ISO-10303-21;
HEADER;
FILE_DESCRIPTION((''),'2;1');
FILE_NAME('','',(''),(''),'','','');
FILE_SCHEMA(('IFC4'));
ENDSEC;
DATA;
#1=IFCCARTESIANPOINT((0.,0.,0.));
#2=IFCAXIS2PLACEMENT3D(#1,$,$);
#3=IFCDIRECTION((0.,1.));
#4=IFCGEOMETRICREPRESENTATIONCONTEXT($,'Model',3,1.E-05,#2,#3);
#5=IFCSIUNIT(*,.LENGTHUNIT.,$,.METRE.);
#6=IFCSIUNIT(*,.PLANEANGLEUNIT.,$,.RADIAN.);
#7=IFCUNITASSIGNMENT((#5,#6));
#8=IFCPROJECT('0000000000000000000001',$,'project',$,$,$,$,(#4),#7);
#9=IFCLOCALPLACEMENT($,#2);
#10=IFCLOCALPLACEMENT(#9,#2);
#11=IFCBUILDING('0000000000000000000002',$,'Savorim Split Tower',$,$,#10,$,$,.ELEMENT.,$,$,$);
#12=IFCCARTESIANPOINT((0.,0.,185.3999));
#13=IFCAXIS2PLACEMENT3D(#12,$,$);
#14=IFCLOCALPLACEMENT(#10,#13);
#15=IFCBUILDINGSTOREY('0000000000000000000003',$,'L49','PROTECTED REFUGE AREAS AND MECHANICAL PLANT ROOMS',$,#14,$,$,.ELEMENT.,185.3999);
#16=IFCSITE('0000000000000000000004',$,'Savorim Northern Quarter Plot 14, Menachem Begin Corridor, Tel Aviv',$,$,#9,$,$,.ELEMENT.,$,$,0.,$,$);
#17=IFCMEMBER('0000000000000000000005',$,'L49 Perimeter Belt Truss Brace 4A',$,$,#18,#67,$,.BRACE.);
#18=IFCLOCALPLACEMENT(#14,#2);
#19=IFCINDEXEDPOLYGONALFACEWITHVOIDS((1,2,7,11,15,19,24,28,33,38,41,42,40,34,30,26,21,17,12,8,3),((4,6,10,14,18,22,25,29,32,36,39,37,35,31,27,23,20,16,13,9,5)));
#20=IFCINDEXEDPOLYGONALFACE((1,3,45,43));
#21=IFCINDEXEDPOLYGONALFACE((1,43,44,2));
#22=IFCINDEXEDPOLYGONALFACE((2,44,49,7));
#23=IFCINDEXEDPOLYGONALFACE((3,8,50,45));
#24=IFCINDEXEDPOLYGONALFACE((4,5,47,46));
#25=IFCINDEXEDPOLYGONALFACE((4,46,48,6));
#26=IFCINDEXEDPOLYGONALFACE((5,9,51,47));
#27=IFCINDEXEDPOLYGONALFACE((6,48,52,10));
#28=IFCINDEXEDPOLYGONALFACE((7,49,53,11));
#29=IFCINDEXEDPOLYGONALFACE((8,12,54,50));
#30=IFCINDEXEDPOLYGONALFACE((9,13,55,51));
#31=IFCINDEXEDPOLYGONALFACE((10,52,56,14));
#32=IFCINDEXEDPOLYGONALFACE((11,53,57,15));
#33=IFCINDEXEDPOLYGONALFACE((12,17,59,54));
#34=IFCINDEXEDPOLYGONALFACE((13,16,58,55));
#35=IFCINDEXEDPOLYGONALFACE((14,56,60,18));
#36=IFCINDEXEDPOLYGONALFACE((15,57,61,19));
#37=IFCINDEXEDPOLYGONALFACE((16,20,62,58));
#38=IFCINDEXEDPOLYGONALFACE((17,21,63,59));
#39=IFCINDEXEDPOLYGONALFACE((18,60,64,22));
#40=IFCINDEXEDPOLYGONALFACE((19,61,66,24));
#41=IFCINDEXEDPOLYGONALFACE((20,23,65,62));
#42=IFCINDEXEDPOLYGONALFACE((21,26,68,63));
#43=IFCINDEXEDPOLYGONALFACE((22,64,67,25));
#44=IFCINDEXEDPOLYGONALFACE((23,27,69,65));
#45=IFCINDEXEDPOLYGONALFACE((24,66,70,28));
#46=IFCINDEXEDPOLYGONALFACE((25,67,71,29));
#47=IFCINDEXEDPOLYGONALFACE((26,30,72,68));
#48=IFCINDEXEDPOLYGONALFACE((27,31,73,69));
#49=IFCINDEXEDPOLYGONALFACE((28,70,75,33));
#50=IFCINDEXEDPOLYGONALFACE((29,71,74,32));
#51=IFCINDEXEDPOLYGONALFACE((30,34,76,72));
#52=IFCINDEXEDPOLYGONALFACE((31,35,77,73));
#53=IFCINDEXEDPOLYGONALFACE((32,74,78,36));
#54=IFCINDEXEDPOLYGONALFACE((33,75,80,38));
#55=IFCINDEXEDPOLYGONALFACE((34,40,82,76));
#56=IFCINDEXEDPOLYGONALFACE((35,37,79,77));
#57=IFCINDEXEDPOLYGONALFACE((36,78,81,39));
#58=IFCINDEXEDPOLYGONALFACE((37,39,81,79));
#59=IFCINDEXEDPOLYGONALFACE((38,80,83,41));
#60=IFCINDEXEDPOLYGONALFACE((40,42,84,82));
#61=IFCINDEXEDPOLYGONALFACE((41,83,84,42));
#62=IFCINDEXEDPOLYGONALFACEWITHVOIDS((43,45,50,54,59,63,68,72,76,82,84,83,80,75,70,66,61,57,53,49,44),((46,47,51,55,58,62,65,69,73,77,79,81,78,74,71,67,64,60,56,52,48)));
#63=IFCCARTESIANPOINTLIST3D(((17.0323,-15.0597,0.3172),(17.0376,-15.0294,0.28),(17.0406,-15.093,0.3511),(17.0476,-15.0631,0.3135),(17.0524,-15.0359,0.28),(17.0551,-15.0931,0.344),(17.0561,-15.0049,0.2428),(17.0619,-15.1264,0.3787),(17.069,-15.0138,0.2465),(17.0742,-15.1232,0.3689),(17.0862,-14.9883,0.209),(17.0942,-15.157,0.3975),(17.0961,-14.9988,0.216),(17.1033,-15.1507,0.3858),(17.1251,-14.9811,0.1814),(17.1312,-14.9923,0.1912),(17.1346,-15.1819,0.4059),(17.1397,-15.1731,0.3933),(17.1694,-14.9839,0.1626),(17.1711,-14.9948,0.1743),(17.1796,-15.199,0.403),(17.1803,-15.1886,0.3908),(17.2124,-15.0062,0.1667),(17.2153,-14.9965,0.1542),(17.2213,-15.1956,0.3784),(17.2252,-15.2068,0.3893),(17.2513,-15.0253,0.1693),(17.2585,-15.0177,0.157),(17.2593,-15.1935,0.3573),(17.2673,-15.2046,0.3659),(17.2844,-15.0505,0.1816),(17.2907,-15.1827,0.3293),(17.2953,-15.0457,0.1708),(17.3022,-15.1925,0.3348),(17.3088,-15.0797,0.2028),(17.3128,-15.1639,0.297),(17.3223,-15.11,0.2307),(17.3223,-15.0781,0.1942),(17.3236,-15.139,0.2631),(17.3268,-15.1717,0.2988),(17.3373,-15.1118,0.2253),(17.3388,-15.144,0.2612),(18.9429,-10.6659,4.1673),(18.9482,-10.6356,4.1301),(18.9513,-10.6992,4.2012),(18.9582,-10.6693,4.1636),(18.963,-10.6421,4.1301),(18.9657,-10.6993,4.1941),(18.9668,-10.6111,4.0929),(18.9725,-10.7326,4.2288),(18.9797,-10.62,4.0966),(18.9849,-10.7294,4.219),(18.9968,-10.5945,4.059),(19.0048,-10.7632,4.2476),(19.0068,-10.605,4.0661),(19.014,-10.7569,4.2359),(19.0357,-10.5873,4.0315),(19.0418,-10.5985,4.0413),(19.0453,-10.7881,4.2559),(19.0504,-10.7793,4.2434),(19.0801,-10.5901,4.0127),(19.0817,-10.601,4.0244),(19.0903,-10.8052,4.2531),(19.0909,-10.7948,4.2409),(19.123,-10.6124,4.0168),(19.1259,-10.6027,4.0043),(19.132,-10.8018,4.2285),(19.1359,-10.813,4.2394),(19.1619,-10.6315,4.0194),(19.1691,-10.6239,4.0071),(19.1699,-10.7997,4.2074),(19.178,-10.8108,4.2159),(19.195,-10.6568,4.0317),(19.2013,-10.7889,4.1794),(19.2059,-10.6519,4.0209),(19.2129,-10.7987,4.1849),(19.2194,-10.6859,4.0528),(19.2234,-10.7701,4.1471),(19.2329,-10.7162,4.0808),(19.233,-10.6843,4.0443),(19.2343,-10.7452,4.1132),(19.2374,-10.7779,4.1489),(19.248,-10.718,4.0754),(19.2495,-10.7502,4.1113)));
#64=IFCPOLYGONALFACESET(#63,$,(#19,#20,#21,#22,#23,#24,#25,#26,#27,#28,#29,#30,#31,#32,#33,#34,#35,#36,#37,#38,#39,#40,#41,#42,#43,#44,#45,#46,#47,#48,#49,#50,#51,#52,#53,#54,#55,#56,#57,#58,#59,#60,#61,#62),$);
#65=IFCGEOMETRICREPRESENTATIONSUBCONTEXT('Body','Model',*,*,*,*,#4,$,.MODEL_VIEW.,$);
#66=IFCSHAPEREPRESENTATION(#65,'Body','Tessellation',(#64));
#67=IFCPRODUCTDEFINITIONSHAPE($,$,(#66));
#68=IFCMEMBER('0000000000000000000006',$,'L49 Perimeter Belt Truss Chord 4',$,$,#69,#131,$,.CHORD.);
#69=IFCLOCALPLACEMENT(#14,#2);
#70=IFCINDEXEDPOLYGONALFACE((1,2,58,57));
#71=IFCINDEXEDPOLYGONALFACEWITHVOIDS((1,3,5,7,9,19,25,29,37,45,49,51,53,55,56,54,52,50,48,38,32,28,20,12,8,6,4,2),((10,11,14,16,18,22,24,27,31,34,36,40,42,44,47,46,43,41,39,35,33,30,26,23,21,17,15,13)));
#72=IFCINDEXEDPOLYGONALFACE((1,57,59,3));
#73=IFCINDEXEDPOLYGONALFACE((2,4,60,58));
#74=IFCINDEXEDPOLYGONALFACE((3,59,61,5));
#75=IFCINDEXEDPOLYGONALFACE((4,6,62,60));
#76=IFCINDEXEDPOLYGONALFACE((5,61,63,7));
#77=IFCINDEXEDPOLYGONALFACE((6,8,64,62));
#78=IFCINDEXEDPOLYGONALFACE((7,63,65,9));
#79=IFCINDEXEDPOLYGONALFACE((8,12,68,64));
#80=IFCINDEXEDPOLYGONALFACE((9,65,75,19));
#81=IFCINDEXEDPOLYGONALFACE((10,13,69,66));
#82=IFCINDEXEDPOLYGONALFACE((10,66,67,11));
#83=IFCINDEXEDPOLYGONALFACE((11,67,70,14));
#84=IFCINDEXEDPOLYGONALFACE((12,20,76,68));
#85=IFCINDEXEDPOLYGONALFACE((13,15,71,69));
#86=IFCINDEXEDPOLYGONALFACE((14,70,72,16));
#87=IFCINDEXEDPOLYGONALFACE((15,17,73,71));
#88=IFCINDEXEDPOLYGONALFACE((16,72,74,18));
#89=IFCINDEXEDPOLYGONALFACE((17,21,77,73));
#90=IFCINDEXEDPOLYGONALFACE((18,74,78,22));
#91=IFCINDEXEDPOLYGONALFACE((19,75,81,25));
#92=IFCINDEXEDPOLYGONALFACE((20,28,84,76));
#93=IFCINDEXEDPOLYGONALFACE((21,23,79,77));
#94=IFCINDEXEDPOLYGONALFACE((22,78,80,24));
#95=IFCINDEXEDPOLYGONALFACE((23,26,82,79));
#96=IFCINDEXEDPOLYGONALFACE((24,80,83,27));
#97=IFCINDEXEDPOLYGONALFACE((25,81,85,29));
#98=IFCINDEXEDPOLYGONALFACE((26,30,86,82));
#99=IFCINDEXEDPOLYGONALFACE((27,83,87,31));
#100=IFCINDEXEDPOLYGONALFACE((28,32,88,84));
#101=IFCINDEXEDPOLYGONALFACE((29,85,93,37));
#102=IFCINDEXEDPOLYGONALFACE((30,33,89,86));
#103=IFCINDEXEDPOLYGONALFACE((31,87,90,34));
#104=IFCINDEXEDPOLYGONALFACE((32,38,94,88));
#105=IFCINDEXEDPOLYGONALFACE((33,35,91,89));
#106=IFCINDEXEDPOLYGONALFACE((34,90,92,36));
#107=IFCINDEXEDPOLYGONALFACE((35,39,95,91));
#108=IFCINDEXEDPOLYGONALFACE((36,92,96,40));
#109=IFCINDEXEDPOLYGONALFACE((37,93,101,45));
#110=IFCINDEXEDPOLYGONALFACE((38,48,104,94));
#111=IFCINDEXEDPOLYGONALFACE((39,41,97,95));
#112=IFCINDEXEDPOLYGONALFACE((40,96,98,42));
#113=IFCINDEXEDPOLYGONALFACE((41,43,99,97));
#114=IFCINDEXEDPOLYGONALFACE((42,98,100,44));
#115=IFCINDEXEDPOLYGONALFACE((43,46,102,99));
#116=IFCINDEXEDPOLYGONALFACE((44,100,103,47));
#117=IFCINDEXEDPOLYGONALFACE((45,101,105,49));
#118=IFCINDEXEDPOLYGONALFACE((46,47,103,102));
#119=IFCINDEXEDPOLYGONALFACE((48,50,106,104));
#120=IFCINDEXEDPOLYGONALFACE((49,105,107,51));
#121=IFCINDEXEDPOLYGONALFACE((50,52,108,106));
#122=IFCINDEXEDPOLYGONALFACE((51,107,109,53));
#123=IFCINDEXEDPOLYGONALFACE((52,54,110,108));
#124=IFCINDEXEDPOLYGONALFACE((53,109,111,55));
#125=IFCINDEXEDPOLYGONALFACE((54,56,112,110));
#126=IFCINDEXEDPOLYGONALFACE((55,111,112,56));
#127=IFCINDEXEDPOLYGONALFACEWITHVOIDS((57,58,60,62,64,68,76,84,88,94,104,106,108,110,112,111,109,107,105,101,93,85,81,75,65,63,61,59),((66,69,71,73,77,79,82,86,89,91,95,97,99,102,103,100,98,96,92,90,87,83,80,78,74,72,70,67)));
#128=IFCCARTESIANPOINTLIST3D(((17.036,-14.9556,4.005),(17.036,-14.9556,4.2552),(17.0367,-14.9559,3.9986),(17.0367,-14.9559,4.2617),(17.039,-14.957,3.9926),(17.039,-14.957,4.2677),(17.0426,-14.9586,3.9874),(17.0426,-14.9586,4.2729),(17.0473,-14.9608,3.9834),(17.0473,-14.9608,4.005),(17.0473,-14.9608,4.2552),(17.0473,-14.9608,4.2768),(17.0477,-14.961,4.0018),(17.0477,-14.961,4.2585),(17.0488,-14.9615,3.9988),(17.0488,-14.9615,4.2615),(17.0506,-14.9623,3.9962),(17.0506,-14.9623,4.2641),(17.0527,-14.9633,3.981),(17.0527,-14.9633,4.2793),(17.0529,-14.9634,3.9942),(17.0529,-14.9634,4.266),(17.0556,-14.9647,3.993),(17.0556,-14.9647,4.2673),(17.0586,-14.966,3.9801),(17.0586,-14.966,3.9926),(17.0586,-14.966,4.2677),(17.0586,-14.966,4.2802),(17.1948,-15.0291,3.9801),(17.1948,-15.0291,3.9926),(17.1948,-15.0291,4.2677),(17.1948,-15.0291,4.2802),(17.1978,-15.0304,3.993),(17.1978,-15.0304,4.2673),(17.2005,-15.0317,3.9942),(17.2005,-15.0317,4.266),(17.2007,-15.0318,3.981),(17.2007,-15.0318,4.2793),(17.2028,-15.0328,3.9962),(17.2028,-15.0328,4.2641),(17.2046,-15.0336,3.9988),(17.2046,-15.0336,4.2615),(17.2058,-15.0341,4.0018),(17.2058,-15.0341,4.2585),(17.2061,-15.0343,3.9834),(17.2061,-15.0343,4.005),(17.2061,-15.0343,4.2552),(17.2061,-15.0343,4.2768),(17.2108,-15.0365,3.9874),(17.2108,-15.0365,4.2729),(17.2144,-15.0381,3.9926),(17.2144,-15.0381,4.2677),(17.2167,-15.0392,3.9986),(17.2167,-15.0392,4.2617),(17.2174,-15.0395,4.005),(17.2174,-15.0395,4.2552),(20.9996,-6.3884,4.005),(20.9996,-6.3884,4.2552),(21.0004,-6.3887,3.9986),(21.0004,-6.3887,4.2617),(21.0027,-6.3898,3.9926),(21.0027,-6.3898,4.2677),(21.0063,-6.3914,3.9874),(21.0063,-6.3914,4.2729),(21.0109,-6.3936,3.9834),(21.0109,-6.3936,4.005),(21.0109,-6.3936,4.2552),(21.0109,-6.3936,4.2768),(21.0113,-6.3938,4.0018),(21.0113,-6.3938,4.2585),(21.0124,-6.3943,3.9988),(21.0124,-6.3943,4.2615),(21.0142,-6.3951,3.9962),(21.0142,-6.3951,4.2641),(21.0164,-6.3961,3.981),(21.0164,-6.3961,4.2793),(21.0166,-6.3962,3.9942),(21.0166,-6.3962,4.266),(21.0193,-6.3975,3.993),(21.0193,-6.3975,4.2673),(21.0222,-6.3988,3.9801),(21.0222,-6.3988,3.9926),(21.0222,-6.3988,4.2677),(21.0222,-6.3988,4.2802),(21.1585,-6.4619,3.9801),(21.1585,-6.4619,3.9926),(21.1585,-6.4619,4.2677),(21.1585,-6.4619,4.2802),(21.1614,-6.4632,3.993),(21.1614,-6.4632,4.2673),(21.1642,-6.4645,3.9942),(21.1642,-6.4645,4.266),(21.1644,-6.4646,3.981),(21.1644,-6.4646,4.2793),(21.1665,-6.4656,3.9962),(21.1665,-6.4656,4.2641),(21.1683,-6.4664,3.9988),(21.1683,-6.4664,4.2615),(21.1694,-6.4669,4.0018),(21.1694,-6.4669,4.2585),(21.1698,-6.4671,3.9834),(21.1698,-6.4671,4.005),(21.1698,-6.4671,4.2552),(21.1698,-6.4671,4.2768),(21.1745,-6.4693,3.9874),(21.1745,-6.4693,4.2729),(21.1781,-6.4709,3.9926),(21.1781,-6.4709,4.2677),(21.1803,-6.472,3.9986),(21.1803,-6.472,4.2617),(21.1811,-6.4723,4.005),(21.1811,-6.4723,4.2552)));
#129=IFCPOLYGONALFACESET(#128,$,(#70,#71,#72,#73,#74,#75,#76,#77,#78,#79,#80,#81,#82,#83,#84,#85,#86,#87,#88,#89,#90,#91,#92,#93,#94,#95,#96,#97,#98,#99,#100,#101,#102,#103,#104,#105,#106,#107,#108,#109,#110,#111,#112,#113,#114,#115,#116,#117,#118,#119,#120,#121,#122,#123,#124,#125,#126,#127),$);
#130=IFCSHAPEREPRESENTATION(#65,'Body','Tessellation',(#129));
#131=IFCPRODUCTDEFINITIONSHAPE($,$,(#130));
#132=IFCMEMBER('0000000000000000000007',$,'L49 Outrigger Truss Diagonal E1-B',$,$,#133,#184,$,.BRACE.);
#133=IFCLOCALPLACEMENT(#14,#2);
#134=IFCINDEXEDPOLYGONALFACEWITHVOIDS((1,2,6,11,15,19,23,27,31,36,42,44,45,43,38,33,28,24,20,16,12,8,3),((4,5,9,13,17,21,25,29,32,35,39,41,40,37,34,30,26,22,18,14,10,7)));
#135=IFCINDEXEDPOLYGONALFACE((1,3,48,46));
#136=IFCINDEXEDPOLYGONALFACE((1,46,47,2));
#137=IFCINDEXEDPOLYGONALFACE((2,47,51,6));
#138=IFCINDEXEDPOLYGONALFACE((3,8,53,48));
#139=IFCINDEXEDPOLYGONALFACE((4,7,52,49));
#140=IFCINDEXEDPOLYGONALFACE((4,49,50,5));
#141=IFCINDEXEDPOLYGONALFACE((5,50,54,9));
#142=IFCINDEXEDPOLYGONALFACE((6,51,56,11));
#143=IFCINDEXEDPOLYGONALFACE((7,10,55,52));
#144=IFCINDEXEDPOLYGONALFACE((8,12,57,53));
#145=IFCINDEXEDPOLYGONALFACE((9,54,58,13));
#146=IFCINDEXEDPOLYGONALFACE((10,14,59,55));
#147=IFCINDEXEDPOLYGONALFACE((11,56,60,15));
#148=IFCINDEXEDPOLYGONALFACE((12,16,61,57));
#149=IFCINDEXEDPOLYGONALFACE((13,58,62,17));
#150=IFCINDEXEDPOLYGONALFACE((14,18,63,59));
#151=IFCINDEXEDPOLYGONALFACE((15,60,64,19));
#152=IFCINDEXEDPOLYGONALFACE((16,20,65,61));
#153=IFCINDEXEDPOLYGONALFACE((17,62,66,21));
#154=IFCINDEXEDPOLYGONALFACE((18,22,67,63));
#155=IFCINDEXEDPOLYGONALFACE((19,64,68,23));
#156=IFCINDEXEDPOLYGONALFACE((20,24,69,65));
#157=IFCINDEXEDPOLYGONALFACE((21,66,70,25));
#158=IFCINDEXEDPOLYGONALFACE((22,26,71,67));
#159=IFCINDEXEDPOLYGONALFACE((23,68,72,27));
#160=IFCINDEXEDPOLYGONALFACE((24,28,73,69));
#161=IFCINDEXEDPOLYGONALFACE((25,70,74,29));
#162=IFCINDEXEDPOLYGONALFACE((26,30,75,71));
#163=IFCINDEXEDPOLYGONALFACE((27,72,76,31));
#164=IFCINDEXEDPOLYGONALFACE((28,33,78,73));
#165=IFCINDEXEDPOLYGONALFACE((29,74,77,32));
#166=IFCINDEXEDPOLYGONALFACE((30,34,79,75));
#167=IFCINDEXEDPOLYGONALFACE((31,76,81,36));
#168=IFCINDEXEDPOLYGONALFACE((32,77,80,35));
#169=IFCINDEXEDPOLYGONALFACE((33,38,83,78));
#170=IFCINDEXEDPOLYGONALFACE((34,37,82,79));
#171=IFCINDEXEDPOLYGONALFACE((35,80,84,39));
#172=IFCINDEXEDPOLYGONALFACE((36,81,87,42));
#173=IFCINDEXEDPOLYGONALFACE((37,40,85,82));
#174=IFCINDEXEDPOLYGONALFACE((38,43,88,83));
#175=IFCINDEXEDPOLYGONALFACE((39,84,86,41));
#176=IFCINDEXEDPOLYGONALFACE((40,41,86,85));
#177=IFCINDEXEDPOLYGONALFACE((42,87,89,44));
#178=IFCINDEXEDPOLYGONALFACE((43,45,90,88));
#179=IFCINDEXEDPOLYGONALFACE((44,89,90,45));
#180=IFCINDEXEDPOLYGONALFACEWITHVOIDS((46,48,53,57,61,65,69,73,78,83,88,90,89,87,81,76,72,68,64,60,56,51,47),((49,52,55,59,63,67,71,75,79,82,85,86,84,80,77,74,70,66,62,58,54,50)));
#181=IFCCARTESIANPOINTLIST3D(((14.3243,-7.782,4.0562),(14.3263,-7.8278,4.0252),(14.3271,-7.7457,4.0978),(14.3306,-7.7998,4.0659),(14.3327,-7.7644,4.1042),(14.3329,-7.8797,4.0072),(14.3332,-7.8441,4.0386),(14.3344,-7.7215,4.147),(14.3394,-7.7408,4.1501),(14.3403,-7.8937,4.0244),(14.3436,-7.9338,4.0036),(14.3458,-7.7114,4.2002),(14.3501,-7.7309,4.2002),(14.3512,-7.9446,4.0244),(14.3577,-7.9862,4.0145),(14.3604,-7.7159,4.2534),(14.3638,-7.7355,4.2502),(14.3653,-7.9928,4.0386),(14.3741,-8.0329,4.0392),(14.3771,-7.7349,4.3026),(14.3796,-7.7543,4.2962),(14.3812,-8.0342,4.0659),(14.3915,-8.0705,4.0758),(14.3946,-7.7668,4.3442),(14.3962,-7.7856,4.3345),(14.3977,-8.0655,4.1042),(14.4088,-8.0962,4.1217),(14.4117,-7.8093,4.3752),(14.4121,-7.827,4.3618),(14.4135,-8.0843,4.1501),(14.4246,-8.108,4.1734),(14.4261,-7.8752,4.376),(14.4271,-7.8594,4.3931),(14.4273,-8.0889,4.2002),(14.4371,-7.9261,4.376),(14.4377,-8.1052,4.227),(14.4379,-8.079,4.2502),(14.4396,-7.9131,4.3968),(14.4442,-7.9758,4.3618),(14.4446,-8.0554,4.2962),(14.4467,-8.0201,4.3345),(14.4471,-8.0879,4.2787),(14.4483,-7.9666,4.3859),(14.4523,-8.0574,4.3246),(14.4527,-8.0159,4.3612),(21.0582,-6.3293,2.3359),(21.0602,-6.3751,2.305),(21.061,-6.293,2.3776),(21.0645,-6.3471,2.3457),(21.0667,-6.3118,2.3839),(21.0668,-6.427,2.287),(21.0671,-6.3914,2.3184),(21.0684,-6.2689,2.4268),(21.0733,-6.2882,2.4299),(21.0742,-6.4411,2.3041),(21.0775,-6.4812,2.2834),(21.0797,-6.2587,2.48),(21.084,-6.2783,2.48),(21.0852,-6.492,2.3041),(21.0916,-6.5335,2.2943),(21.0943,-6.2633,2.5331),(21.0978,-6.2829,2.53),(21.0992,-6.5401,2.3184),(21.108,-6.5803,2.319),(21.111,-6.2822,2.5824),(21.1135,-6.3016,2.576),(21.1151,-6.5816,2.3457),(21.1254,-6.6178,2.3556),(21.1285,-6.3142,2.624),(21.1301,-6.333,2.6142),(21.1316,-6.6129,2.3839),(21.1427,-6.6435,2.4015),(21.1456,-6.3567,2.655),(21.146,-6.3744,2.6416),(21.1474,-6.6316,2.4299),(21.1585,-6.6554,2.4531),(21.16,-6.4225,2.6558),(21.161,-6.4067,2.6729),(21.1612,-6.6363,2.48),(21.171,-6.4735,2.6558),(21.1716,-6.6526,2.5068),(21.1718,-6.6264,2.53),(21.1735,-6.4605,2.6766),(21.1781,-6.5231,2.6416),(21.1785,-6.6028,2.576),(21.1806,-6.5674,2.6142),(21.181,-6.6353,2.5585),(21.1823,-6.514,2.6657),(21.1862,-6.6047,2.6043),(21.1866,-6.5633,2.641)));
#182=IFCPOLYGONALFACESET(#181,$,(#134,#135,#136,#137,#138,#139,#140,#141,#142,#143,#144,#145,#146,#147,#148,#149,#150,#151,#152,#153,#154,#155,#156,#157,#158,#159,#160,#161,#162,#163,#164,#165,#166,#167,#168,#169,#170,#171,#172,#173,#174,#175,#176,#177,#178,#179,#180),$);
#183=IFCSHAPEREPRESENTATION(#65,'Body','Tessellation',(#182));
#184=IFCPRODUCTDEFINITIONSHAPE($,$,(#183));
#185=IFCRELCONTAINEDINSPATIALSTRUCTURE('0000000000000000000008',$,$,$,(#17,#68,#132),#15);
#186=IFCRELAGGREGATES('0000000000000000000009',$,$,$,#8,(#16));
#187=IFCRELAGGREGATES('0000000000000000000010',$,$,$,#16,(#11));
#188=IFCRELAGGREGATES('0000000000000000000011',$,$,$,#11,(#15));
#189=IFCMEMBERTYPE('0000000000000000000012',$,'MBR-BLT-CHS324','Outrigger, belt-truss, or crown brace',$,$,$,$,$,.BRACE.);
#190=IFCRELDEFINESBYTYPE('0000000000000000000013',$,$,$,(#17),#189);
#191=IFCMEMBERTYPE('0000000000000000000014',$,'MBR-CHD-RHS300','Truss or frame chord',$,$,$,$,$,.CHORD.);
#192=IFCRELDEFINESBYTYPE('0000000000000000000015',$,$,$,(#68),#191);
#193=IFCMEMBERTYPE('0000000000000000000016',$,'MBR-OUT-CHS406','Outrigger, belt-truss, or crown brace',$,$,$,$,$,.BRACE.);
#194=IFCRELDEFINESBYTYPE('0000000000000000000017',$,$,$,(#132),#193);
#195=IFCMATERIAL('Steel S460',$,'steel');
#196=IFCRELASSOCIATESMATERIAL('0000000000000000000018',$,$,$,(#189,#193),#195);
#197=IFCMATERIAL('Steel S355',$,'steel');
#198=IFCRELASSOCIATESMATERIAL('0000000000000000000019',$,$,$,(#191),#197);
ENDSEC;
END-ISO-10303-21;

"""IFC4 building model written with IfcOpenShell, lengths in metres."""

from ifc_helpers import new_model, si_unit, direction, frame, origin, origin_2d, place, context, subcontext, project, spatial, hollow_rectangle, hollow_circle, extrude, material, material_profile, profile_set, type_object, element, save


model = new_model("IFC4")

# Units and contexts
model_context = context("Model", 3, precision=1e-05, world=origin(), true_north=direction((0.0, 1.0)))
body_context = subcontext(model_context, "Body", "Model", "MODEL_VIEW")
ifc_project = project(units=[si_unit("LENGTHUNIT", "METRE"), si_unit("PLANEANGLEUNIT", "RADIAN")], contexts=[model_context])

# Site, building, storey
site_placement = place(None, origin())
site = spatial("IfcSite", under=ifc_project, at=site_placement, Name="Savorim Northern Quarter Plot 14, Menachem Begin Corridor, Tel Aviv", CompositionType="ELEMENT", RefElevation=0.0)
building_placement = place(site_placement, origin())
building = spatial("IfcBuilding", under=site, at=building_placement, Name="Savorim Split Tower", CompositionType="ELEMENT")
storey_placement = place(building_placement, frame((0.0, 0.0, 185.3999)))
storey = spatial("IfcBuildingStorey", under=building, at=storey_placement, Name="L49", Description="PROTECTED REFUGE AREAS AND MECHANICAL PLANT ROOMS", CompositionType="ELEMENT", Elevation=185.3999)

# Shared definitions
ifc_material_1 = material(Name="Steel S355", Category="steel")

# Members
ifc_material_2 = material(Name="Steel S460", Category="steel")
ifc_material_profile_1 = material_profile(ifc_material_2, hollow_circle(Radius=0.1619, WallThickness=0.0161, at=origin_2d()), Name="CHS 323.9x16")
ifc_profile_set_1 = profile_set([ifc_material_profile_1], Name="Steel S460")
member_type_1 = type_object("IfcMemberType", Name="MBR-BLT-CHS324", Description="Outrigger, belt-truss, or crown brace", PredefinedType="BRACE", material=ifc_profile_set_1)
member_1_placement = place(storey_placement, frame((17.186, -15.094, 0.28), z_axis=(0.310852, 0.714847, 0.62639), x_axis=(-0.917047, 0.398778, 0.0)))
element("IfcMember", 1, at=member_1_placement, inside=storey, type_object=member_type_1, Name="L49 Perimeter Belt Truss Brace 4A", PredefinedType="BRACE", context=body_context, shape_type="SweptSolid", body=[
    extrude(hollow_circle(Radius=0.1619, WallThickness=0.0161, at=origin_2d()), origin(), (0.0, 0.0, 1.0), 6.1465),
])
ifc_material_profile_2 = material_profile(ifc_material_1, hollow_rectangle(XDim=0.2, YDim=0.3, WallThickness=0.0125, InnerFilletRadius=0.0125, OuterFilletRadius=0.0249, at=origin_2d()), Name="RHS 300x200x12.5")
ifc_profile_set_2 = profile_set([ifc_material_profile_2], Name="Steel S355")
member_type_2 = type_object("IfcMemberType", Name="MBR-CHD-RHS300", Description="Truss or frame chord", PredefinedType="CHORD", material=ifc_profile_set_2)
member_2_placement = place(storey_placement, frame((17.1267, -14.9976, 4.1301), z_axis=(0.419893, 0.907574, 0.0), x_axis=(-0.907574, 0.419893, 0.0)))
element("IfcMember", 2, at=member_2_placement, inside=storey, type_object=member_type_2, Name="L49 Perimeter Belt Truss Chord 4", PredefinedType="CHORD", context=body_context, shape_type="SweptSolid", body=[
    extrude(hollow_rectangle(XDim=0.2, YDim=0.3, WallThickness=0.0125, InnerFilletRadius=0.0125, OuterFilletRadius=0.0249, at=origin_2d()), origin(), (0.0, 0.0, 1.0), 9.4397),
])
ifc_material_profile_3 = material_profile(ifc_material_2, hollow_circle(Radius=0.2031, WallThickness=0.02, at=origin_2d()), Name="CHS 406.4x20")
ifc_profile_set_3 = profile_set([ifc_material_profile_3], Name="Steel S460")
member_type_3 = type_object("IfcMemberType", Name="MBR-OUT-CHS406", Description="Outrigger, belt-truss, or crown brace", PredefinedType="BRACE", material=ifc_profile_set_3)
member_3_placement = place(storey_placement, frame((14.3887, -7.9099, 4.2002), z_axis=(0.948392, 0.204588, -0.242273), x_axis=(-0.21087, 0.977514, 0.0)))
element("IfcMember", 3, at=member_3_placement, inside=storey, type_object=member_type_3, Name="L49 Outrigger Truss Diagonal E1-B", PredefinedType="BRACE", context=body_context, shape_type="SweptSolid", body=[
    extrude(hollow_circle(Radius=0.2031, WallThickness=0.02, at=origin_2d()), origin(), (0.0, 0.0, 1.0), 7.1003),
])

save(model, "model.ifc")
